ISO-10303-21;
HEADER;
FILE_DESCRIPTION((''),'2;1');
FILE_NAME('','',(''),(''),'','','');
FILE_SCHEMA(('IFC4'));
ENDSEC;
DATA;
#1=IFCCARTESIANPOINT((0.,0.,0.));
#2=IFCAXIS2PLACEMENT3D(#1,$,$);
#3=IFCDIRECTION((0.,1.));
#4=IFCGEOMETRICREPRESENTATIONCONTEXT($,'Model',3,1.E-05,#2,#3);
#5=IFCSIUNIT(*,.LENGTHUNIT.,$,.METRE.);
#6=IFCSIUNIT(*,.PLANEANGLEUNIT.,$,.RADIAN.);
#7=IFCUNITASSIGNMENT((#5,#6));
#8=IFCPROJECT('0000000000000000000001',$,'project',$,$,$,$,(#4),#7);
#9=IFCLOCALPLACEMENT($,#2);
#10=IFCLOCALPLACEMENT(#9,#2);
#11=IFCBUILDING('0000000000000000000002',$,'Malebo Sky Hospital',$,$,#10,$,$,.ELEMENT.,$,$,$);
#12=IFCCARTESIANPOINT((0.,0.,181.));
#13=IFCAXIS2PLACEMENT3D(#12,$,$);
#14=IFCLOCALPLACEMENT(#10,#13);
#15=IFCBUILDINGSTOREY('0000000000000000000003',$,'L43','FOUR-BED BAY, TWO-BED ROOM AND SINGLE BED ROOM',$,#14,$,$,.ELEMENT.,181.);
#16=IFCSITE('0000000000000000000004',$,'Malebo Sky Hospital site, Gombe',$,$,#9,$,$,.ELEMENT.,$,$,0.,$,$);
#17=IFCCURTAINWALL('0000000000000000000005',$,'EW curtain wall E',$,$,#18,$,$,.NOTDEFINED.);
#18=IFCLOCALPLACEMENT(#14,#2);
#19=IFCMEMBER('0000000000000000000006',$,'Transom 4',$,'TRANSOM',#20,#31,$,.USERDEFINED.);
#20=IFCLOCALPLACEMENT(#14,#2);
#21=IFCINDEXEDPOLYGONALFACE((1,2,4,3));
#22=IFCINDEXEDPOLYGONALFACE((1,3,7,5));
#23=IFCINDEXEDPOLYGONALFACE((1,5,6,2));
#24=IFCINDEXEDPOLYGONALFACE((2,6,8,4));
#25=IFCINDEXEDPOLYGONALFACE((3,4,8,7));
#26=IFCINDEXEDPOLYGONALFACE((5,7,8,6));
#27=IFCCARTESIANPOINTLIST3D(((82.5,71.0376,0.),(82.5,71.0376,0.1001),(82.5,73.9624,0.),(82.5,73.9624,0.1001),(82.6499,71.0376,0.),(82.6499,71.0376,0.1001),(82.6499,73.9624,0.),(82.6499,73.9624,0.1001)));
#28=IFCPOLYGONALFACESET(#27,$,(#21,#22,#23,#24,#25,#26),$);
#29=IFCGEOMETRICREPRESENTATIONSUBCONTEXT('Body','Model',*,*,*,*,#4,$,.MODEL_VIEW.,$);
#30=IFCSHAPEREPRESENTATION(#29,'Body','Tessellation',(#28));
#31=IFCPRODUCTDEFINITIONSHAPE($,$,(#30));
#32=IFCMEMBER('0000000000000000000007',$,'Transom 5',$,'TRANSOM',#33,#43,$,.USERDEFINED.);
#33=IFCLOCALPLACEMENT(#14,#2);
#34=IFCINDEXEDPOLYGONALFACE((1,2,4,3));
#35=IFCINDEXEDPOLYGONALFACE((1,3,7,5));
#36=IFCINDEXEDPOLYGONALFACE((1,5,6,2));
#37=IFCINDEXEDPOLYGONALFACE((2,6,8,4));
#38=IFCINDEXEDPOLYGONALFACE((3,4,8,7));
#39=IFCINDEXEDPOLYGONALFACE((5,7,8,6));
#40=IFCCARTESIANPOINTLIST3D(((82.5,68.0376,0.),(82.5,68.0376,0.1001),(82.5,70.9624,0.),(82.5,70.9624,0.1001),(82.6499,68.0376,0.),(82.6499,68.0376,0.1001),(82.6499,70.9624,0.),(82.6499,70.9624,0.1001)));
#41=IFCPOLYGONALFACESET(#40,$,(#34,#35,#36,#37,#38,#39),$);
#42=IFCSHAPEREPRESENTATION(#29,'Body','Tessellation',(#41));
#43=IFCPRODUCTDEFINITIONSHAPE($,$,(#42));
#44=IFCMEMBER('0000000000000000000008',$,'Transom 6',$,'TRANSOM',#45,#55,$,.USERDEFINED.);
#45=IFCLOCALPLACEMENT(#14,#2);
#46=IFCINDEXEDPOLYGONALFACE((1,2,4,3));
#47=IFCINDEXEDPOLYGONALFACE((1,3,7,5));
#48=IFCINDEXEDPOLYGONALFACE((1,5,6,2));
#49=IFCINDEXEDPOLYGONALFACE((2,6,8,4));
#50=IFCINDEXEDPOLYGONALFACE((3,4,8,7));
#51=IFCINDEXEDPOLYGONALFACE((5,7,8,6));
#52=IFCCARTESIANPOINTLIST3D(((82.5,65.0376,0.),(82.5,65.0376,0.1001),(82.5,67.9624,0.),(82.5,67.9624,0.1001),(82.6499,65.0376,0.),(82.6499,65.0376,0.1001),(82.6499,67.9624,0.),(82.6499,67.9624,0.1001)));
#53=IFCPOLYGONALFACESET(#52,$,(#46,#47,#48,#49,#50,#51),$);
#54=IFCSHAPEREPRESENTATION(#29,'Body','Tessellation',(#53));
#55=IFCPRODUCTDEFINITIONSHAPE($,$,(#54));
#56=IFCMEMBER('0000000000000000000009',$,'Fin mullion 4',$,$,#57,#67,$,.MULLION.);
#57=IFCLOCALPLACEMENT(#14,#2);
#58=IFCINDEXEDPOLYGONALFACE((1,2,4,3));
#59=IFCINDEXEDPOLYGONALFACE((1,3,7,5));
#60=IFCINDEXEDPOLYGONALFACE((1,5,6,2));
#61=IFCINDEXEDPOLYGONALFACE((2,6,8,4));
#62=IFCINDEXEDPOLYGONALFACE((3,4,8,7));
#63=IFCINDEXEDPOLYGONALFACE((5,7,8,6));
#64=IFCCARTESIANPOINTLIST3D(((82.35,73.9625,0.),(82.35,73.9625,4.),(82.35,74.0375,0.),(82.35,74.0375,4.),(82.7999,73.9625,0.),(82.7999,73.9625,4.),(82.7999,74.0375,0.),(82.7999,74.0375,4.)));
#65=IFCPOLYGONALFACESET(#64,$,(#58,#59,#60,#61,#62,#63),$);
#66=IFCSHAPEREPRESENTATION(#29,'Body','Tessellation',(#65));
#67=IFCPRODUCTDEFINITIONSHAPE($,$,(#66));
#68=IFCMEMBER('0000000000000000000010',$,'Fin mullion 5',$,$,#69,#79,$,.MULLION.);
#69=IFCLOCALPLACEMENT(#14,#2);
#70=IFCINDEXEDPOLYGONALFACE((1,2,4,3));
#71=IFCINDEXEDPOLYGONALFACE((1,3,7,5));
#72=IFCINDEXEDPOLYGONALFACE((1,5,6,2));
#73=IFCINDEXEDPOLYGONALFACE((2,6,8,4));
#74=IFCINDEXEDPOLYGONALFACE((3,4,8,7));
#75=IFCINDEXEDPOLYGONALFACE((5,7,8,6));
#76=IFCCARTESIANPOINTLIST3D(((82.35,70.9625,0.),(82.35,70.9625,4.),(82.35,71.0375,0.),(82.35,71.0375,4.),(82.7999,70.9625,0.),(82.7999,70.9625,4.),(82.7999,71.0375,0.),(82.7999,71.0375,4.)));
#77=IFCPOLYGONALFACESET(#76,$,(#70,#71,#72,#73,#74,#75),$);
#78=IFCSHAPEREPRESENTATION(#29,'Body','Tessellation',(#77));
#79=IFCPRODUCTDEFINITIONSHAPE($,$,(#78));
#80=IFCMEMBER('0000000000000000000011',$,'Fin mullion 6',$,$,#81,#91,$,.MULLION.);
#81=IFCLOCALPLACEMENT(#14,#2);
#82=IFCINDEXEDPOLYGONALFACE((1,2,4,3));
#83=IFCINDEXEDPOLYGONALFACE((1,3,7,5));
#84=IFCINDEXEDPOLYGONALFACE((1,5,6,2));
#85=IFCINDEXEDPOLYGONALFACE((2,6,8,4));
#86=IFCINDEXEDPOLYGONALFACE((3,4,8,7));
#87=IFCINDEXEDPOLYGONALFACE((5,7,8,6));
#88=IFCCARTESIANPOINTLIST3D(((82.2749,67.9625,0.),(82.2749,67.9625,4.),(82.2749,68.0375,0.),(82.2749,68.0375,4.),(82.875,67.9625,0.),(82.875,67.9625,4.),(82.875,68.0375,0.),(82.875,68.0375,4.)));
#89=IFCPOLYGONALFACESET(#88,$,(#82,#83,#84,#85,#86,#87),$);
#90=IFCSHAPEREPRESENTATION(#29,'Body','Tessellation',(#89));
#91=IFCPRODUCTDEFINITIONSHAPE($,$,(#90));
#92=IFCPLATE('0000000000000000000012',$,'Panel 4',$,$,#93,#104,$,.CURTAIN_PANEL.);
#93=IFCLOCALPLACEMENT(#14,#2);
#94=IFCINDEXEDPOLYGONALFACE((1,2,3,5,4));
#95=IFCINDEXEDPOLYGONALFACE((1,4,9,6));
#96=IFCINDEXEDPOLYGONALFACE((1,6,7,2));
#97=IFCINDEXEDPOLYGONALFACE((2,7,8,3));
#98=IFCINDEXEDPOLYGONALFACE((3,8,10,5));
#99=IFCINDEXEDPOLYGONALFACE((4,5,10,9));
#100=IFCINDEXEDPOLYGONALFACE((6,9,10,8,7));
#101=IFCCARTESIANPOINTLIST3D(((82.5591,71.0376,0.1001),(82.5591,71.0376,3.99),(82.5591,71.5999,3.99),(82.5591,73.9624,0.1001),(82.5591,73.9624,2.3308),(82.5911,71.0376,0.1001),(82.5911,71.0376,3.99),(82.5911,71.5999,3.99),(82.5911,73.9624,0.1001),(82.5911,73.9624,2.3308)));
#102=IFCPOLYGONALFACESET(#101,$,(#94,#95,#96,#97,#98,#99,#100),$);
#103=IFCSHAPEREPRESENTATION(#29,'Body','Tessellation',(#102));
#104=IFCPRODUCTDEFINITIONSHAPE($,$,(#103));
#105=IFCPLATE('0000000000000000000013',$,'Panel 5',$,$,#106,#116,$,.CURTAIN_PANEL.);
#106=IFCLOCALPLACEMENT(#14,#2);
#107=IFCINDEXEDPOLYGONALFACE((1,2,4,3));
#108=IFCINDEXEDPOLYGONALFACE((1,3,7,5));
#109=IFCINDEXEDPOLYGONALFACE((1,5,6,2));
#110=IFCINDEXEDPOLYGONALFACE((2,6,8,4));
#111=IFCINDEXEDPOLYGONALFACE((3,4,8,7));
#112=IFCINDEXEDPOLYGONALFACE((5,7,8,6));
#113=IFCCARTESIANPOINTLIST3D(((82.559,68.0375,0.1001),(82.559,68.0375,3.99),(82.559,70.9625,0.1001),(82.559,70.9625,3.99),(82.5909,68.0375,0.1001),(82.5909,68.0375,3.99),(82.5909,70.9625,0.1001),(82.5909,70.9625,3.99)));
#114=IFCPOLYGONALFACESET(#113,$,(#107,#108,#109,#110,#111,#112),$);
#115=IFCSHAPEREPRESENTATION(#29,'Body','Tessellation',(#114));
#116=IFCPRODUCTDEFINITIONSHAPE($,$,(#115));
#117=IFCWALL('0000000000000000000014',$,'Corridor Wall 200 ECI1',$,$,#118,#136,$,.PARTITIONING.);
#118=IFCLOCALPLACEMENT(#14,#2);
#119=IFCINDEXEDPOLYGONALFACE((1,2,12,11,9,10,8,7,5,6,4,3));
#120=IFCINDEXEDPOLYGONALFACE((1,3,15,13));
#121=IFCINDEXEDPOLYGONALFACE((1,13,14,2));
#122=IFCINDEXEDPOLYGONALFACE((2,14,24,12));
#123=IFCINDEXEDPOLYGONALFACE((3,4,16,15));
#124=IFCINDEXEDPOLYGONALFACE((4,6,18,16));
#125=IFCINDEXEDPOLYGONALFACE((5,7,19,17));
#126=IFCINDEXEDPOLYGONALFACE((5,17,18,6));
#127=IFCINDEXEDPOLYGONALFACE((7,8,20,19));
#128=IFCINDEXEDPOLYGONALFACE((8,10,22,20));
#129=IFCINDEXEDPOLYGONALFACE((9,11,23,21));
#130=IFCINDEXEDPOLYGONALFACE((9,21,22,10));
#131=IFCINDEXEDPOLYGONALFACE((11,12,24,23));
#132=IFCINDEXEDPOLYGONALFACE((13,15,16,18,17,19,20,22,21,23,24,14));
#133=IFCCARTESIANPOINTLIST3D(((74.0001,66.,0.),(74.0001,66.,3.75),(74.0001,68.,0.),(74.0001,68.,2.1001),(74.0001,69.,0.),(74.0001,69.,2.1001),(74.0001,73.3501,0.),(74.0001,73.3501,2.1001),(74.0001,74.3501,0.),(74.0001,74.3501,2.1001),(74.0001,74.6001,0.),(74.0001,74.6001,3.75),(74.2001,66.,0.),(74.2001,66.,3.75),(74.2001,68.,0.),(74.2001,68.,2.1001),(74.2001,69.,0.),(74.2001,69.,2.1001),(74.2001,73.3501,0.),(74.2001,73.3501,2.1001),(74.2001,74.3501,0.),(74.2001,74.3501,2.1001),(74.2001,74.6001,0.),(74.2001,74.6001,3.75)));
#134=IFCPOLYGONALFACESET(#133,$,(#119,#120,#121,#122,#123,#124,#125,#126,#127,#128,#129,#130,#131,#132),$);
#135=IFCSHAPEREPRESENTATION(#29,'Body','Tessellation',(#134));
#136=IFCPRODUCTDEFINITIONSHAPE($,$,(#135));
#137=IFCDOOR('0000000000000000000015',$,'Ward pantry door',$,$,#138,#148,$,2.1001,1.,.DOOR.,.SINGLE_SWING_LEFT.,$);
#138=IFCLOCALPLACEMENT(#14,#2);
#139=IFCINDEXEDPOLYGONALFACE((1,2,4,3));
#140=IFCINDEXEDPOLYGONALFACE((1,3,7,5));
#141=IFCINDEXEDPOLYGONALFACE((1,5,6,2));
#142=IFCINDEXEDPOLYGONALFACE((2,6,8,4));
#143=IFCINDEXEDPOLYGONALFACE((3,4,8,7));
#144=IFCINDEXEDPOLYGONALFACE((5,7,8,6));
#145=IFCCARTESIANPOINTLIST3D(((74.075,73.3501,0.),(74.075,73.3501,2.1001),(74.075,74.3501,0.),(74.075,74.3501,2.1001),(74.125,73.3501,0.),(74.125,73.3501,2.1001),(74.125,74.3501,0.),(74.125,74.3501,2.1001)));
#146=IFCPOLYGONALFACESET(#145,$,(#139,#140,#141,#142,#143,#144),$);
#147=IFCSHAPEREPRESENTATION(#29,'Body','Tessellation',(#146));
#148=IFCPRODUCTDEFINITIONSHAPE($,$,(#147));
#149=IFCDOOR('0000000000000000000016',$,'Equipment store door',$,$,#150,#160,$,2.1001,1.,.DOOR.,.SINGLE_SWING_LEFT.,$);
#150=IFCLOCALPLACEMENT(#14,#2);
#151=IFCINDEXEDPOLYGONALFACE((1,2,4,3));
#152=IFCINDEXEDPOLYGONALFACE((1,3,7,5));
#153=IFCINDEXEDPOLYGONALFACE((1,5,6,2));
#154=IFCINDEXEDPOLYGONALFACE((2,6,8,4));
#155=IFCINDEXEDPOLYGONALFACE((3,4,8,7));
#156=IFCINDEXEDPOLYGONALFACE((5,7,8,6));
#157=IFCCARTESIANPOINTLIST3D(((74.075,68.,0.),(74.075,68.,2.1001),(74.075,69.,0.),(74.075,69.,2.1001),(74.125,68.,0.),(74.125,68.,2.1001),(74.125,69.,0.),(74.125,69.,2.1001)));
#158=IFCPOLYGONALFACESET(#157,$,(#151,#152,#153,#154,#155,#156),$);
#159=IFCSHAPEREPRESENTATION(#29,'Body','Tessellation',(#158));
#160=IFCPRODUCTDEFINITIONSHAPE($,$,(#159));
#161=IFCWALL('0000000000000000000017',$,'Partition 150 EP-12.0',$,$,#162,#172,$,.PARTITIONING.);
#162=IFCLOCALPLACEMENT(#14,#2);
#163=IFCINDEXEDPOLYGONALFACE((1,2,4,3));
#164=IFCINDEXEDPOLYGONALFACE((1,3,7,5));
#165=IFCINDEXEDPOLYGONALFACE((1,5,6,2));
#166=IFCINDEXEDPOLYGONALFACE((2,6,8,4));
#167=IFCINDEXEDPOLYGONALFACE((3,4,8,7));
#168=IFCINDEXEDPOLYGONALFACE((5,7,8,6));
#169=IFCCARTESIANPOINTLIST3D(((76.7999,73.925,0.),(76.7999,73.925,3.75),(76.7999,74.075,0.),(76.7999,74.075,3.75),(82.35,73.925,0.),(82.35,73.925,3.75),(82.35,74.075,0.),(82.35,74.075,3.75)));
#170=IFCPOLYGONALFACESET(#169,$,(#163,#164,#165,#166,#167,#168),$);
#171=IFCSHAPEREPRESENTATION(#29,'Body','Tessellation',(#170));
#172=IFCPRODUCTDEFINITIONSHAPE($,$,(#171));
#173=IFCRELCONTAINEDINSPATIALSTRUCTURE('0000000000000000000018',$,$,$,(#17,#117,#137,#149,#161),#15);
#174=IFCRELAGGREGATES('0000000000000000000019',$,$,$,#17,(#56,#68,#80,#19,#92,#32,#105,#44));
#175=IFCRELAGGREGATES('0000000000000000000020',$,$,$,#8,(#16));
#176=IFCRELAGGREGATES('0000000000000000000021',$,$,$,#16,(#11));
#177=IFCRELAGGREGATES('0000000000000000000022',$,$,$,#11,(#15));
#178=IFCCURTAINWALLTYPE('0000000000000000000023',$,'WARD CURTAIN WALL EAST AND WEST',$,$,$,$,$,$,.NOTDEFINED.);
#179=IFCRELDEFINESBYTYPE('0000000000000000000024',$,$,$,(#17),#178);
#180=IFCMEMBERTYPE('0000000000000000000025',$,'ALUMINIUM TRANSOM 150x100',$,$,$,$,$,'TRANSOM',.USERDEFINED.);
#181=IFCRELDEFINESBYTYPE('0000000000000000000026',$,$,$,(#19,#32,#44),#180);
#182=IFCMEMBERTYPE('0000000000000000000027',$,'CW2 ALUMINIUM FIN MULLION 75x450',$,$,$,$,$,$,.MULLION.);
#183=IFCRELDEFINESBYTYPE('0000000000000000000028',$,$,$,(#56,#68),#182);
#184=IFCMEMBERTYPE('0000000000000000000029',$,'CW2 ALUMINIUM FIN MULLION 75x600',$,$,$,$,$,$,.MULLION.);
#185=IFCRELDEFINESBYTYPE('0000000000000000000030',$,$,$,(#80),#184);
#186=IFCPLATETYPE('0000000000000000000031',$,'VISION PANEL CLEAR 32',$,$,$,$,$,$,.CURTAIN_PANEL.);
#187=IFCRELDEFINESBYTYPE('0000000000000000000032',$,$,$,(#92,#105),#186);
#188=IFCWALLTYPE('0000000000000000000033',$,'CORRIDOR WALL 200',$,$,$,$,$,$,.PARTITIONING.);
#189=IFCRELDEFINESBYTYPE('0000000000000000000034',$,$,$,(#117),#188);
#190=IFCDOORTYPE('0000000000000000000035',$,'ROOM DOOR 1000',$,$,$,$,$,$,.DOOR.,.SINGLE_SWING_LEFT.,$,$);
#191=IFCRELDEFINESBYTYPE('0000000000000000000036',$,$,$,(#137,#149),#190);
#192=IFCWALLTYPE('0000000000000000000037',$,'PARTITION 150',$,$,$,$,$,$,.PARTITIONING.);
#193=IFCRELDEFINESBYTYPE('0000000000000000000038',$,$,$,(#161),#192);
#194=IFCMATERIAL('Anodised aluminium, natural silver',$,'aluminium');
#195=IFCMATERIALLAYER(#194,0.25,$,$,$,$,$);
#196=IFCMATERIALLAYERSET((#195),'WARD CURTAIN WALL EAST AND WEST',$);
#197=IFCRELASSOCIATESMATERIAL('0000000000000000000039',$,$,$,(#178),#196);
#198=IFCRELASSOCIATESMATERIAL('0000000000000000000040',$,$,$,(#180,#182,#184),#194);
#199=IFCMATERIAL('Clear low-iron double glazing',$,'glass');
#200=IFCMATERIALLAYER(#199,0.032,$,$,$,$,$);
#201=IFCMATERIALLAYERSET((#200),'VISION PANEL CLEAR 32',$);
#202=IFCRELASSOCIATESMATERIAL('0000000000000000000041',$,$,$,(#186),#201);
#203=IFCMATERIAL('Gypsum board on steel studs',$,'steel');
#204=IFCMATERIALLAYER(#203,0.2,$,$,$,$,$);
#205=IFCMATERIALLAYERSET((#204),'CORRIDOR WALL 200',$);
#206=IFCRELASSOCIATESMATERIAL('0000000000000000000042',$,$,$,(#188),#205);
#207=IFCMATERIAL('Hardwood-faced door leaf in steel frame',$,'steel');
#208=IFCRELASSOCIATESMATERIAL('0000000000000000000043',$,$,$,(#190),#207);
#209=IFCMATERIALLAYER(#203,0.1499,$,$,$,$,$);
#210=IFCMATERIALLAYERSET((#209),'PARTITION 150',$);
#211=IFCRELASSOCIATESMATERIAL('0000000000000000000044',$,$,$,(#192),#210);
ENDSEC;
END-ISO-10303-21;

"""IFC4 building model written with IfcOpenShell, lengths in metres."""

from ifc_helpers import new_model, si_unit, direction, frame, frame_2d, origin, origin_2d, place, context, subcontext, project, spatial, polyline, rectangle, outline, extrude, material, layer, layer_set, material_profile, profile_set, type_object, element, fill, aggregate, save


model = new_model("IFC4")

# Units and contexts
model_context = context("Model", 3, precision=1e-05, world=origin(), true_north=direction((0.0, 1.0)))
body_context = subcontext(model_context, "Body", "Model", "MODEL_VIEW")
ifc_project = project(units=[si_unit("LENGTHUNIT", "METRE"), si_unit("PLANEANGLEUNIT", "RADIAN")], contexts=[model_context])

# Site, building, storey
site_placement = place(None, origin())
site = spatial("IfcSite", under=ifc_project, at=site_placement, Name="Malebo Sky Hospital site, Gombe", CompositionType="ELEMENT", RefElevation=0.0)
building_placement = place(site_placement, origin())
building = spatial("IfcBuilding", under=site, at=building_placement, Name="Malebo Sky Hospital", CompositionType="ELEMENT")
storey_placement = place(building_placement, frame((0.0, 0.0, 181.0)))
storey = spatial("IfcBuildingStorey", under=building, at=storey_placement, Name="L43", Description="FOUR-BED BAY, TWO-BED ROOM AND SINGLE BED ROOM", CompositionType="ELEMENT", Elevation=181.0)

# Curtain wall, members, plates
ifc_material_1 = material(Name="Anodised aluminium, natural silver", Category="aluminium")
ifc_layer_1 = layer(ifc_material_1, 0.25)
ifc_layer_set_1 = layer_set([ifc_layer_1], Name="WARD CURTAIN WALL EAST AND WEST")
curtain_wall_type = type_object("IfcCurtainWallType", Name="WARD CURTAIN WALL EAST AND WEST", PredefinedType="NOTDEFINED", material=ifc_layer_set_1)
curtain_wall_placement = place(storey_placement, origin())
curtain_wall = element("IfcCurtainWall", 1, at=curtain_wall_placement, inside=storey, type_object=curtain_wall_type, Name="EW curtain wall E", PredefinedType="NOTDEFINED")
ifc_material_profile_1 = material_profile(ifc_material_1, rectangle(XDim=0.1499, YDim=0.1001, at=origin_2d()), Name="ALUMINIUM TRANSOM 150x100")
ifc_profile_set_1 = profile_set([ifc_material_profile_1], Name="Anodised aluminium, natural silver")
member_type_1 = type_object("IfcMemberType", Name="ALUMINIUM TRANSOM 150x100", ElementType="TRANSOM", PredefinedType="USERDEFINED", material=ifc_profile_set_1)
member_1_placement = place(storey_placement, frame((82.575, 73.9624, 0.05), z_axis=(0.0, -1.0, 0.0), x_axis=(1.0, 0.0, 0.0)))
member_1 = element("IfcMember", 2, at=member_1_placement, type_object=member_type_1, Name="Transom 4", ObjectType="TRANSOM", PredefinedType="USERDEFINED", context=body_context, shape_type="SweptSolid", body=[
    extrude(rectangle(XDim=0.1499, YDim=0.1001, at=origin_2d()), origin(), (0.0, 0.0, 1.0), 2.9248),
])
member_2_placement = place(storey_placement, frame((82.575, 70.9624, 0.05), z_axis=(0.0, -1.0, 0.0), x_axis=(1.0, 0.0, 0.0)))
member_2 = element("IfcMember", 3, at=member_2_placement, type_object=member_type_1, Name="Transom 5", ObjectType="TRANSOM", PredefinedType="USERDEFINED", context=body_context, shape_type="SweptSolid", body=[
    extrude(rectangle(XDim=0.1499, YDim=0.1001, at=origin_2d()), origin(), (0.0, 0.0, 1.0), 2.9248),
])
member_3_placement = place(storey_placement, frame((82.575, 67.9624, 0.05), z_axis=(0.0, -1.0, 0.0), x_axis=(1.0, 0.0, 0.0)))
member_3 = element("IfcMember", 4, at=member_3_placement, type_object=member_type_1, Name="Transom 6", ObjectType="TRANSOM", PredefinedType="USERDEFINED", context=body_context, shape_type="SweptSolid", body=[
    extrude(rectangle(XDim=0.1499, YDim=0.1001, at=origin_2d()), origin(), (0.0, 0.0, 1.0), 2.9248),
])
ifc_material_profile_2 = material_profile(ifc_material_1, rectangle(XDim=0.075, YDim=0.45, at=origin_2d()), Name="CW2 ALUMINIUM FIN MULLION 75x450")
ifc_profile_set_2 = profile_set([ifc_material_profile_2], Name="Anodised aluminium, natural silver")
member_type_2 = type_object("IfcMemberType", Name="CW2 ALUMINIUM FIN MULLION 75x450", PredefinedType="MULLION", material=ifc_profile_set_2)
member_4_placement = place(storey_placement, frame((82.575, 74.0, 0.0), z_axis=(0.0, 0.0, 1.0), x_axis=(0.0, -1.0, 0.0)))
member_4 = element("IfcMember", 5, at=member_4_placement, type_object=member_type_2, Name="Fin mullion 4", PredefinedType="MULLION", context=body_context, shape_type="SweptSolid", body=[
    extrude(rectangle(XDim=0.075, YDim=0.45, at=origin_2d()), origin(), (0.0, 0.0, 1.0), 4.0),
])
member_5_placement = place(storey_placement, frame((82.575, 71.0, 0.0), z_axis=(0.0, 0.0, 1.0), x_axis=(0.0, -1.0, 0.0)))
member_5 = element("IfcMember", 6, at=member_5_placement, type_object=member_type_2, Name="Fin mullion 5", PredefinedType="MULLION", context=body_context, shape_type="SweptSolid", body=[
    extrude(rectangle(XDim=0.075, YDim=0.45, at=origin_2d()), origin(), (0.0, 0.0, 1.0), 4.0),
])
ifc_material_profile_3 = material_profile(ifc_material_1, rectangle(XDim=0.075, YDim=0.6001, at=origin_2d()), Name="CW2 ALUMINIUM FIN MULLION 75x600")
ifc_profile_set_3 = profile_set([ifc_material_profile_3], Name="Anodised aluminium, natural silver")
member_type_3 = type_object("IfcMemberType", Name="CW2 ALUMINIUM FIN MULLION 75x600", PredefinedType="MULLION", material=ifc_profile_set_3)
member_6_placement = place(storey_placement, frame((82.575, 68.0, 0.0), z_axis=(0.0, 0.0, 1.0), x_axis=(0.0, -1.0, 0.0)))
member_6 = element("IfcMember", 7, at=member_6_placement, type_object=member_type_3, Name="Fin mullion 6", PredefinedType="MULLION", context=body_context, shape_type="SweptSolid", body=[
    extrude(rectangle(XDim=0.075, YDim=0.6001, at=origin_2d()), origin(), (0.0, 0.0, 1.0), 4.0),
])
ifc_material_2 = material(Name="Clear low-iron double glazing", Category="glass")
ifc_layer_2 = layer(ifc_material_2, 0.032)
ifc_layer_set_2 = layer_set([ifc_layer_2], Name="VISION PANEL CLEAR 32")
plate_type = type_object("IfcPlateType", Name="VISION PANEL CLEAR 32", PredefinedType="CURTAIN_PANEL", material=ifc_layer_set_2)
plate_1_placement = place(storey_placement, frame((82.575, 72.5, 0.1001), z_axis=(0.0, 0.0, 1.0), x_axis=(0.0, -1.0, 0.0)))
plate_1 = element("IfcPlate", 8, at=plate_1_placement, type_object=plate_type, Name="Panel 4", PredefinedType="CURTAIN_PANEL", context=body_context, shape_type="SweptSolid", body=[
    extrude(outline(polyline([(-1.4624, 0.0), (1.4624, 0.0), (1.4624, 3.8899), (0.9001, 3.8899), (-1.4624, 2.2307), (-1.4624, 0.0)])), frame((0.0, 0.0161, 0.0), z_axis=(0.0, -1.0, 0.0), x_axis=(1.0, 0.0, 0.0)), (0.0, 0.0, 1.0), 0.032),
])
plate_2_placement = place(storey_placement, frame((82.575, 69.5, 0.1001), z_axis=(0.0, 0.0, 1.0), x_axis=(0.0, -1.0, 0.0)))
plate_2 = element("IfcPlate", 9, at=plate_2_placement, type_object=plate_type, Name="Panel 5", PredefinedType="CURTAIN_PANEL", context=body_context, shape_type="SweptSolid", body=[
    extrude(rectangle(XDim=2.925, YDim=0.032, at=origin_2d()), origin(), (0.0, 0.0, 1.0), 3.8899),
])
aggregate(curtain_wall, [member_4, member_5, member_6, member_1, plate_1, member_2, plate_2, member_3])

# Wall, openings, doors
ifc_material_3 = material(Name="Gypsum board on steel studs", Category="steel")
ifc_layer_3 = layer(ifc_material_3, 0.2)
ifc_layer_set_3 = layer_set([ifc_layer_3], Name="CORRIDOR WALL 200")
wall_type_1 = type_object("IfcWallType", Name="CORRIDOR WALL 200", PredefinedType="PARTITIONING", material=ifc_layer_set_3)
wall_1_placement = place(storey_placement, frame((74.1001, 74.6001, 0.0), z_axis=(0.0, 0.0, 1.0), x_axis=(0.0, -1.0, 0.0)))
wall_1 = element("IfcWall", 10, at=wall_1_placement, inside=storey, type_object=wall_type_1, Name="Corridor Wall 200 ECI1", PredefinedType="PARTITIONING", context=body_context, shape_type="SweptSolid", body=[
    extrude(rectangle(XDim=8.6001, YDim=0.2, at=frame_2d((4.3, 0.0))), origin(), (0.0, 0.0, 1.0), 3.75),
])
opening_1_placement = place(wall_1_placement, frame((0.25, 0.0, 0.0)))
opening_1 = element("IfcOpeningElement", 11, at=opening_1_placement, cuts=wall_1, PredefinedType="OPENING", context=body_context, shape_type="SweptSolid", body=[
    extrude(rectangle(XDim=1.0, YDim=2.1001, at=frame_2d((0.5, 1.05))), frame((0.0, 0.1099, 0.0), z_axis=(0.0, -1.0, 0.0), x_axis=(1.0, 0.0, 0.0)), (0.0, 0.0, 1.0), 0.22),
])
opening_2_placement = place(wall_1_placement, frame((5.6001, 0.0, 0.0)))
opening_2 = element("IfcOpeningElement", 12, at=opening_2_placement, cuts=wall_1, PredefinedType="OPENING", context=body_context, shape_type="SweptSolid", body=[
    extrude(rectangle(XDim=1.0, YDim=2.1001, at=frame_2d((0.5, 1.05))), frame((0.0, 0.1099, 0.0), z_axis=(0.0, -1.0, 0.0), x_axis=(1.0, 0.0, 0.0)), (0.0, 0.0, 1.0), 0.22),
])
ifc_material_4 = material(Name="Hardwood-faced door leaf in steel frame", Category="steel")
door_type_1 = type_object("IfcDoorType", Name="ROOM DOOR 1000", OperationType="SINGLE_SWING_LEFT", PredefinedType="DOOR", material=ifc_material_4)
door_1_placement = place(opening_1_placement, origin())
door_1 = element("IfcDoor", 13, at=door_1_placement, inside=storey, type_object=door_type_1, Name="Ward pantry door", OperationType="SINGLE_SWING_LEFT", OverallHeight=2.1001, OverallWidth=1.0, PredefinedType="DOOR", context=body_context, shape_type="SweptSolid", body=[
    extrude(rectangle(XDim=1.0, YDim=2.1001, at=frame_2d((0.5, 1.05))), frame((0.0, 0.0249, 0.0), z_axis=(0.0, -1.0, 0.0), x_axis=(1.0, 0.0, 0.0)), (0.0, 0.0, 1.0), 0.05),
])
fill(opening_1, door_1)
door_2_placement = place(opening_2_placement, origin())
door_2 = element("IfcDoor", 14, at=door_2_placement, inside=storey, type_object=door_type_1, Name="Equipment store door", OperationType="SINGLE_SWING_LEFT", OverallHeight=2.1001, OverallWidth=1.0, PredefinedType="DOOR", context=body_context, shape_type="SweptSolid", body=[
    extrude(rectangle(XDim=1.0, YDim=2.1001, at=frame_2d((0.5, 1.05))), frame((0.0, 0.0249, 0.0), z_axis=(0.0, -1.0, 0.0), x_axis=(1.0, 0.0, 0.0)), (0.0, 0.0, 1.0), 0.05),
])
fill(opening_2, door_2)

# Wall
ifc_layer_4 = layer(ifc_material_3, 0.1499)
ifc_layer_set_4 = layer_set([ifc_layer_4], Name="PARTITION 150")
wall_type_2 = type_object("IfcWallType", Name="PARTITION 150", PredefinedType="PARTITIONING", material=ifc_layer_set_4)
for number, where, z_axis, x_axis, name in (
    (15, (76.8, 74.0, 0.0), (0.0, 0.0, 1.0), (1.0, 0.0, 0.0), "Partition 150 EP-12.0"),
):
    element("IfcWall", number, at=place(storey_placement, frame(where, z_axis=z_axis, x_axis=x_axis)), inside=storey, type_object=wall_type_2, Name=name, PredefinedType="PARTITIONING", context=body_context, shape_type="SweptSolid", body=[
        extrude(rectangle(XDim=5.55, YDim=0.1499, at=frame_2d((2.7749, 0.0))), origin(), (0.0, 0.0, 1.0), 3.75),
    ])

save(model, "model.ifc")
